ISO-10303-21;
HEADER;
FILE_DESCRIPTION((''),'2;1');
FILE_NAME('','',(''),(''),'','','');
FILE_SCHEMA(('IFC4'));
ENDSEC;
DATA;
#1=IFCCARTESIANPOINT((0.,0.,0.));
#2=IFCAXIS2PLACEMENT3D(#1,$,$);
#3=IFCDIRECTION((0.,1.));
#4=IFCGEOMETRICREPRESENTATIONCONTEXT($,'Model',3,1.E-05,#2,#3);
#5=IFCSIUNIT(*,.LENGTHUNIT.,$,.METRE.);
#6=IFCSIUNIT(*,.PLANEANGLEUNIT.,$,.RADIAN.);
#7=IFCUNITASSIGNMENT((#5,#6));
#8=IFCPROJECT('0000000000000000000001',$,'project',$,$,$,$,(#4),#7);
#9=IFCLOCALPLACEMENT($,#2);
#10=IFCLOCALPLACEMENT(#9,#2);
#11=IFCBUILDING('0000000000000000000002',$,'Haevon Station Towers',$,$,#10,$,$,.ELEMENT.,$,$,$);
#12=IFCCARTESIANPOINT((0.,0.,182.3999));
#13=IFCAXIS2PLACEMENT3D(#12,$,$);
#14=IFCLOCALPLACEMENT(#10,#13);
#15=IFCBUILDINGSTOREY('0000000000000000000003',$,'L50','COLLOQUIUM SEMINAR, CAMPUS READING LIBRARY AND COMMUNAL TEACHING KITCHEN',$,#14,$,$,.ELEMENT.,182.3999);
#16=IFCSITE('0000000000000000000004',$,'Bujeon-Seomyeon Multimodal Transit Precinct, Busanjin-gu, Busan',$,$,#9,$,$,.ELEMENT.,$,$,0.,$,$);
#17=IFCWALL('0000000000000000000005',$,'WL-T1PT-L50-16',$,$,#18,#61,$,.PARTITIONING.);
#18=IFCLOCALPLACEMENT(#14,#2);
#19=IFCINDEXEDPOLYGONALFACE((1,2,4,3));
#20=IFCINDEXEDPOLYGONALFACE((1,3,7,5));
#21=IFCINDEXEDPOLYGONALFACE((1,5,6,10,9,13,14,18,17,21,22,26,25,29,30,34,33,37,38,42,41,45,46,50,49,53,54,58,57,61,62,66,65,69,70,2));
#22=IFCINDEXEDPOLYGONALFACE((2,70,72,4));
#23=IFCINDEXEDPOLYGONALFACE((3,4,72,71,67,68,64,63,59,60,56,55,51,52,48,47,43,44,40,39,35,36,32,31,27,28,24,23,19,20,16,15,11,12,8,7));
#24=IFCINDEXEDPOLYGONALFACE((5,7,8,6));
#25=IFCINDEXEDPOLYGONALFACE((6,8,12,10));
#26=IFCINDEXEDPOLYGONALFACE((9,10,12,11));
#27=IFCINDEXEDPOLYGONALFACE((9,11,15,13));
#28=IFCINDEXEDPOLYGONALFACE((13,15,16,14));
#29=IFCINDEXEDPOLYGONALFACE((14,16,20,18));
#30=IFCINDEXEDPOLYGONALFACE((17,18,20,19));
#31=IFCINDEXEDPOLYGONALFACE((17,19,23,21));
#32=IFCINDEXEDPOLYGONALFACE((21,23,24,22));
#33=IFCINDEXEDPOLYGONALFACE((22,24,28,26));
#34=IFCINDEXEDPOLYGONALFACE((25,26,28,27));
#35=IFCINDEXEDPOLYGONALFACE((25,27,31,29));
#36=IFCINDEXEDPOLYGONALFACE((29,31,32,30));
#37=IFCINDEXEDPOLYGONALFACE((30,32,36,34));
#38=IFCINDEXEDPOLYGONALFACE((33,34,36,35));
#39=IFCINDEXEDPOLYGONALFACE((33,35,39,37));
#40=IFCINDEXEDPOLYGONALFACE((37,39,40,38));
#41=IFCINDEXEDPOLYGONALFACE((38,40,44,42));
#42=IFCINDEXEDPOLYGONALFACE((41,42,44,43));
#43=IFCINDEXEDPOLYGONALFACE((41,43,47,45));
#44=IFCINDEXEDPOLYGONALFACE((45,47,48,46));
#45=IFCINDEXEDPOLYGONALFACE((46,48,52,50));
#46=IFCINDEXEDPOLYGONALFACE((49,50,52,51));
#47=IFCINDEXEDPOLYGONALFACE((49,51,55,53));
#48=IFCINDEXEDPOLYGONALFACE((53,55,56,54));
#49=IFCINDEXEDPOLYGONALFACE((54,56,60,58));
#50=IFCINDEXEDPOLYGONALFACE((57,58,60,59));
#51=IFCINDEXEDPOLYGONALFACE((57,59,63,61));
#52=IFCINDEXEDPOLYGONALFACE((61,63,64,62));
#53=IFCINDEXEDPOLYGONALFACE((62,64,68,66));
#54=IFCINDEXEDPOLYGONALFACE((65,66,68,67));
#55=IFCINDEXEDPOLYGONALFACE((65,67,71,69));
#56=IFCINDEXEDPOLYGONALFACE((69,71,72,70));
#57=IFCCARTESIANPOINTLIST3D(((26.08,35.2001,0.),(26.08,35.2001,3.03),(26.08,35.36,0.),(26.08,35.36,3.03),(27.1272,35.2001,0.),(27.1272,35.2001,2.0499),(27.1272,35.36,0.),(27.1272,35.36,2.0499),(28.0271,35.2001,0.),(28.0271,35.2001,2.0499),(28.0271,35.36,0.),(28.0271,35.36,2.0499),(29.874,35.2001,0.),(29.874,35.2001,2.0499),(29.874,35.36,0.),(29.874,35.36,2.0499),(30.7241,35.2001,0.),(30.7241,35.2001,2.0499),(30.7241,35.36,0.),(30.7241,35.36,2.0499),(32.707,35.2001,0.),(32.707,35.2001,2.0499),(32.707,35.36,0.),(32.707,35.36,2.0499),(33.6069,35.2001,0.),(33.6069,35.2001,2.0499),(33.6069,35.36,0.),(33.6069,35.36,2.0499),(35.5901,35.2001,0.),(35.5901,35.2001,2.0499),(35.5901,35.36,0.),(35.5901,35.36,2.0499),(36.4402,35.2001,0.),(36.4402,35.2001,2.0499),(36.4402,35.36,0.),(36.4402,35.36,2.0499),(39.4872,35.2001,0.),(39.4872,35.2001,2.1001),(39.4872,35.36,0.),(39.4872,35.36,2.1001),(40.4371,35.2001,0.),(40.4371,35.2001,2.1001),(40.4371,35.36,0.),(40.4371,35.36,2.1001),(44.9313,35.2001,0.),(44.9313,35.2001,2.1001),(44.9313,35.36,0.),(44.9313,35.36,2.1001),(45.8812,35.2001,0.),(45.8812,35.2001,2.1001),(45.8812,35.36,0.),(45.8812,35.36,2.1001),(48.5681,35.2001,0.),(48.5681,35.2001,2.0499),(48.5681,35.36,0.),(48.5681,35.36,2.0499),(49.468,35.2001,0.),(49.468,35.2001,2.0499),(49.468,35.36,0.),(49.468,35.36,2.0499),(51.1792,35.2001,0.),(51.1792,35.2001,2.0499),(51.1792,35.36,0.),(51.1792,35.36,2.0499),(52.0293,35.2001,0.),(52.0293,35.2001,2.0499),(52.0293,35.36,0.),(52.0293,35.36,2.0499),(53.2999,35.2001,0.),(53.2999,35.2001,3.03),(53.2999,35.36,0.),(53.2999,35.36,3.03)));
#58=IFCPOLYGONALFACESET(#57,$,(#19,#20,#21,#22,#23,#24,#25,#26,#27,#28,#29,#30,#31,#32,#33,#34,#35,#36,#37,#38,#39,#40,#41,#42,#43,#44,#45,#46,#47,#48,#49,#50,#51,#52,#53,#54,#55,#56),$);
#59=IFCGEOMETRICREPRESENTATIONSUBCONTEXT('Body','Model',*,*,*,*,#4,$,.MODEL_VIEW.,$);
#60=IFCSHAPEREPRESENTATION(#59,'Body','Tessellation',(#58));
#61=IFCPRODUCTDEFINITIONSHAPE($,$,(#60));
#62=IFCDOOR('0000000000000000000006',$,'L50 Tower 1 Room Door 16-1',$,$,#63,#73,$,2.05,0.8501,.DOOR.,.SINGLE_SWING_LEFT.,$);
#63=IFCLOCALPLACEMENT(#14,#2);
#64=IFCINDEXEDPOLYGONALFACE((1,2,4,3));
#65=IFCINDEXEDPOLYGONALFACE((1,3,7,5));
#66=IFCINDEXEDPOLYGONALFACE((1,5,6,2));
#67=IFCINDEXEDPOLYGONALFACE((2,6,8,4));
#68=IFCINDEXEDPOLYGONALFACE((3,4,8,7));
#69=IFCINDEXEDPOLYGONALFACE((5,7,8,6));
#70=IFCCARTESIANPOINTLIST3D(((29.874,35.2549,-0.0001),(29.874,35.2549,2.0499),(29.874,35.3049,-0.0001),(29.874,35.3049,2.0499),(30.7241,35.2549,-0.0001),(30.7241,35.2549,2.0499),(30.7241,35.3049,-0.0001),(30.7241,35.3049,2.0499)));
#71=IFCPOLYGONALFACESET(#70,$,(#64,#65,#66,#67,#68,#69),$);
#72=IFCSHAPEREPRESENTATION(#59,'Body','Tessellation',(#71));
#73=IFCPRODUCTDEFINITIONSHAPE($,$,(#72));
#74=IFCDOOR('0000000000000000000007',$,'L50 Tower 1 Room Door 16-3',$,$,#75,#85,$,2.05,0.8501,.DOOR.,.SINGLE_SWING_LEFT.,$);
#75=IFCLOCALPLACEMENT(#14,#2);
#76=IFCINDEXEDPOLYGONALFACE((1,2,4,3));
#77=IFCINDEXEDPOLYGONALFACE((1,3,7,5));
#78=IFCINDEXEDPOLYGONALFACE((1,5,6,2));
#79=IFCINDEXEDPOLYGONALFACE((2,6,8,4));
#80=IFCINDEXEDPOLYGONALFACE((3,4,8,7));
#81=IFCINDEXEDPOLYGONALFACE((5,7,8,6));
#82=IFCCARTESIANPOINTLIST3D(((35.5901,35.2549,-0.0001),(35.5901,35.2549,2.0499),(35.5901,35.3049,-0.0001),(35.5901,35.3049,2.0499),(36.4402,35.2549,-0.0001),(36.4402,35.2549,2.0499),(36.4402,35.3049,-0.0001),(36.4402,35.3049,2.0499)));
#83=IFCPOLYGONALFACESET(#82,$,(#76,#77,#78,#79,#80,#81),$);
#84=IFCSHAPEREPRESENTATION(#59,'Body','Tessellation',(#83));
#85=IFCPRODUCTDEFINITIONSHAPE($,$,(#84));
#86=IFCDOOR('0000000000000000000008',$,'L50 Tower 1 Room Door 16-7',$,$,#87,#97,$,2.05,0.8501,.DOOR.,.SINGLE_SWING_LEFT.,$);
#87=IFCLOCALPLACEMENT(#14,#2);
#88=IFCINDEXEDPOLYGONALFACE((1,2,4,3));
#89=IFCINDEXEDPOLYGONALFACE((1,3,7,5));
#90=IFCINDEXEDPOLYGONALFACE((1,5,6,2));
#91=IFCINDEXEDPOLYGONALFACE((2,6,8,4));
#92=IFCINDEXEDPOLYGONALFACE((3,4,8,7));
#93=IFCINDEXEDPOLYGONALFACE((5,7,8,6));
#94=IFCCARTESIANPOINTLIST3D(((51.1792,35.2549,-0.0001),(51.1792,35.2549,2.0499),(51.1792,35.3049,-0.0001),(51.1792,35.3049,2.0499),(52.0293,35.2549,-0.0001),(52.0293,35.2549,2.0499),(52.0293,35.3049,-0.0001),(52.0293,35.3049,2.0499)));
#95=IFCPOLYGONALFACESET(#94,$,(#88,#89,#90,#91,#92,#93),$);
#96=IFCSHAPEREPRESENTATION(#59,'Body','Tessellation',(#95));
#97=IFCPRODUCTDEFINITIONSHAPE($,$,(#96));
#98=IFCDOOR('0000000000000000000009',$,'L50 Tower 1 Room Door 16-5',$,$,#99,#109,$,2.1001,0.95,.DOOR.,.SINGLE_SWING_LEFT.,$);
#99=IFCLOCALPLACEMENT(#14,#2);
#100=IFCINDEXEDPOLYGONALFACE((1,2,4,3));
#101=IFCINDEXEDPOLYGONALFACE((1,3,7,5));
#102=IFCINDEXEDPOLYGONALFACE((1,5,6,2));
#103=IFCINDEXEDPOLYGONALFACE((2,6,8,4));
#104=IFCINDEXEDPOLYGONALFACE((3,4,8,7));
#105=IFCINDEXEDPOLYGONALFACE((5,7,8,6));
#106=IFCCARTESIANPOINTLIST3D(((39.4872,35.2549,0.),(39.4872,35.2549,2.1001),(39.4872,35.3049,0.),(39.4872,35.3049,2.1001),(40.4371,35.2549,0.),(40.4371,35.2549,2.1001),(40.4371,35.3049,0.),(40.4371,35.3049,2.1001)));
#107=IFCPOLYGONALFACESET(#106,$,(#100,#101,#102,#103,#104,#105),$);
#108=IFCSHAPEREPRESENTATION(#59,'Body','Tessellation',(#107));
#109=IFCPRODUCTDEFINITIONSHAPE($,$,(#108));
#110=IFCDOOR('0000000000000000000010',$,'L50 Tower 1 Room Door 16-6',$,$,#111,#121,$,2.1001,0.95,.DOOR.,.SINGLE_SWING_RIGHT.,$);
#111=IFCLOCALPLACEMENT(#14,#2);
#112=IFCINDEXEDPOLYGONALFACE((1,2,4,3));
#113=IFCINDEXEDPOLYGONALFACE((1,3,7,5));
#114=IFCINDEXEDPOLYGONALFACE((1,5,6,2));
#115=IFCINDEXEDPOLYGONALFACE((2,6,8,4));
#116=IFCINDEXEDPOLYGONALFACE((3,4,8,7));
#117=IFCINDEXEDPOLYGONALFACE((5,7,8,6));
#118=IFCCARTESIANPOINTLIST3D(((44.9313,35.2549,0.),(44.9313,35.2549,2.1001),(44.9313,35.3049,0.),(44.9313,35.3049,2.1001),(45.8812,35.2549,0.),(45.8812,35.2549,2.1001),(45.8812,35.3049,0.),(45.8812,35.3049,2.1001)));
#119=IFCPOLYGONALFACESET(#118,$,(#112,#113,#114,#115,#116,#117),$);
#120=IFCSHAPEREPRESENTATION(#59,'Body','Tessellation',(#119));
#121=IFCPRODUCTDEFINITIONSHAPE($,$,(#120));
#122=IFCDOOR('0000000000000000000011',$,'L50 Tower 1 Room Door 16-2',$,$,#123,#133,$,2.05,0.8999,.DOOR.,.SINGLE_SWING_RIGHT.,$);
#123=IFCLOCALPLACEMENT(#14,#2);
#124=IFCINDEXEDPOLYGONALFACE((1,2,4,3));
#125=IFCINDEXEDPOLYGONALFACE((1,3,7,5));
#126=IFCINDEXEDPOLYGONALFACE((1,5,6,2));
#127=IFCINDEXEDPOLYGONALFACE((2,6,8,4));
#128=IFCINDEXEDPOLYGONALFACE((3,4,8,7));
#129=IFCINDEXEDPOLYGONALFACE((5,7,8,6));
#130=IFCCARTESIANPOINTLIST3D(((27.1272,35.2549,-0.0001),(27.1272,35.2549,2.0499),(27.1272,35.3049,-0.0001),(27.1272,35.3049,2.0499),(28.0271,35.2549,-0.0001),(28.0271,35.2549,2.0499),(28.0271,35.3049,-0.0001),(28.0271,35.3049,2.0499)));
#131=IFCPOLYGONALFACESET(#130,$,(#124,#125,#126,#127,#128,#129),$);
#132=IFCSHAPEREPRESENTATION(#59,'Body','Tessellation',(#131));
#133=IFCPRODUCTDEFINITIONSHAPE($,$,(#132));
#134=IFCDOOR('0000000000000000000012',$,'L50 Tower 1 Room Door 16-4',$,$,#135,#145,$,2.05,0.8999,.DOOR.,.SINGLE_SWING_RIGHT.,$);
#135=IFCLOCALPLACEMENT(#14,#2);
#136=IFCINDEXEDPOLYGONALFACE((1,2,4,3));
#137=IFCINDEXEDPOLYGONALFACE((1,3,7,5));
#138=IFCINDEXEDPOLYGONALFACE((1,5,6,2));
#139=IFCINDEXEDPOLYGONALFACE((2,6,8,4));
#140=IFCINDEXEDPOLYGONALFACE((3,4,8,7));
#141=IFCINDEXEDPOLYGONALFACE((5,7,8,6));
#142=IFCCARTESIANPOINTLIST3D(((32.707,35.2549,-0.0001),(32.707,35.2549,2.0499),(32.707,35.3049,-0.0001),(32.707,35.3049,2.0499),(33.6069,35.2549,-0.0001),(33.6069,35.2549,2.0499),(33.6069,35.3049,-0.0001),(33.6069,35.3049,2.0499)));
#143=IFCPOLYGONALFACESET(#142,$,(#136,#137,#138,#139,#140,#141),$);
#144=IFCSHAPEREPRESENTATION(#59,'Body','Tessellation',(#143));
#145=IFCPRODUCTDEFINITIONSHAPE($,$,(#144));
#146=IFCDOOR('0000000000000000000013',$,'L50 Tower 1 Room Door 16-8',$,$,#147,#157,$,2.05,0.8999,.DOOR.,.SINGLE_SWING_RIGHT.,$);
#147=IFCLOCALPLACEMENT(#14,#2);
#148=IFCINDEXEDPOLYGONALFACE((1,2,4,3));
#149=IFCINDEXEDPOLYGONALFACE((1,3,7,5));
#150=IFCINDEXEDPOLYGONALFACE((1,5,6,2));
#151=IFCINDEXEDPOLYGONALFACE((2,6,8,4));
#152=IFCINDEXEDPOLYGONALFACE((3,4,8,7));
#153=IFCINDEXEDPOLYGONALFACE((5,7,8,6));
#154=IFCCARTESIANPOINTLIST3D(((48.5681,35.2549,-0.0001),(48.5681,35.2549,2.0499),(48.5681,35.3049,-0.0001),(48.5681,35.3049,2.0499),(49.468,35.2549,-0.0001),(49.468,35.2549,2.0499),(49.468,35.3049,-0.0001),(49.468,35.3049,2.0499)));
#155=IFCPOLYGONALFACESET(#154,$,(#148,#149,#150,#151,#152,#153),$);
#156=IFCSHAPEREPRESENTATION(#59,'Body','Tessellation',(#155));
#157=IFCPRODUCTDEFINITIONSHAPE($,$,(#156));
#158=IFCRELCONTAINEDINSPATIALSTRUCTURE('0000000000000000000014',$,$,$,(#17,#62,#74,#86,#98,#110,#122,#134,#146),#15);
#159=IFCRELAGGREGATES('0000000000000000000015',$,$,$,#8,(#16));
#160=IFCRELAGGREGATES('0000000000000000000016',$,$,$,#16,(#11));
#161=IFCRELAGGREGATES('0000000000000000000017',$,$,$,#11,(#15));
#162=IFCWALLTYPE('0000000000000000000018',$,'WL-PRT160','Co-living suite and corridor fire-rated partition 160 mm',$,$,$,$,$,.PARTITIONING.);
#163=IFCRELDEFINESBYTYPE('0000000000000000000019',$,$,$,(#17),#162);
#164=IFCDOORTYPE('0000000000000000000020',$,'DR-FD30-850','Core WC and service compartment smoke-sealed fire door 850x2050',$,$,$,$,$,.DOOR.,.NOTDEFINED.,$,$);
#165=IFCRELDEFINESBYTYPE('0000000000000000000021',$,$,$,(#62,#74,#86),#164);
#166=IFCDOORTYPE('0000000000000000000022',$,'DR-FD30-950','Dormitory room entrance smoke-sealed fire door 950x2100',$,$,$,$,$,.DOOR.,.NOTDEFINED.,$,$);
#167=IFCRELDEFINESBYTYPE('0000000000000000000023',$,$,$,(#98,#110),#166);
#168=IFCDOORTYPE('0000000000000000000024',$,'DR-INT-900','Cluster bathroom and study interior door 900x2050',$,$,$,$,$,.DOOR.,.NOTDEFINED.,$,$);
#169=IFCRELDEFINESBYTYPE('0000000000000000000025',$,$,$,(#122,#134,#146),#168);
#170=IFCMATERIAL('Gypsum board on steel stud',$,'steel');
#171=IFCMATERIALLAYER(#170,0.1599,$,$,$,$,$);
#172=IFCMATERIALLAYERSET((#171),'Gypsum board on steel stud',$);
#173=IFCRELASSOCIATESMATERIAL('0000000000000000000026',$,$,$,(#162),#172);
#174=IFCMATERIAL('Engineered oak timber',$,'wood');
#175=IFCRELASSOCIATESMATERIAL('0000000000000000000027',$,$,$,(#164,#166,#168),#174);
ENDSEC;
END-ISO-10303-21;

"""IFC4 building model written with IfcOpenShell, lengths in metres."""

from ifc_helpers import new_model, si_unit, direction, frame, frame_2d, origin, place, context, subcontext, project, spatial, rectangle, extrude, material, layer, layer_set, type_object, element, fill, save


model = new_model("IFC4")

# Units and contexts
model_context = context("Model", 3, precision=1e-05, world=origin(), true_north=direction((0.0, 1.0)))
body_context = subcontext(model_context, "Body", "Model", "MODEL_VIEW")
ifc_project = project(units=[si_unit("LENGTHUNIT", "METRE"), si_unit("PLANEANGLEUNIT", "RADIAN")], contexts=[model_context])

# Site, building, storey
site_placement = place(None, origin())
site = spatial("IfcSite", under=ifc_project, at=site_placement, Name="Bujeon-Seomyeon Multimodal Transit Precinct, Busanjin-gu, Busan", CompositionType="ELEMENT", RefElevation=0.0)
building_placement = place(site_placement, origin())
building = spatial("IfcBuilding", under=site, at=building_placement, Name="Haevon Station Towers", CompositionType="ELEMENT")
storey_placement = place(building_placement, frame((0.0, 0.0, 182.3999)))
storey = spatial("IfcBuildingStorey", under=building, at=storey_placement, Name="L50", Description="COLLOQUIUM SEMINAR, CAMPUS READING LIBRARY AND COMMUNAL TEACHING KITCHEN", CompositionType="ELEMENT", Elevation=182.3999)

# Shared definitions
ifc_material_1 = material(Name="Gypsum board on steel stud", Category="steel")

# Wall, openings, doors
ifc_layer_1 = layer(ifc_material_1, 0.1599)
ifc_layer_set_1 = layer_set([ifc_layer_1], Name="Gypsum board on steel stud")
wall_type_1 = type_object("IfcWallType", Name="WL-PRT160", Description="Co-living suite and corridor fire-rated partition 160 mm", PredefinedType="PARTITIONING", material=ifc_layer_set_1)
wall_1_placement = place(storey_placement, frame((26.0801, 35.28, 0.0), z_axis=(0.0, 0.0, 1.0), x_axis=(1.0, 0.0, 0.0)))
wall_1 = element("IfcWall", 1, at=wall_1_placement, inside=storey, type_object=wall_type_1, Name="WL-T1PT-L50-16", PredefinedType="PARTITIONING", context=body_context, shape_type="SweptSolid", body=[
    extrude(rectangle(XDim=27.22, YDim=0.1599, at=frame_2d((13.6099, 0.0))), origin(), (0.0, 0.0, 1.0), 3.03),
])
opening_1_placement = place(wall_1_placement, frame((3.7939, 0.0, 0.0)))
opening_1 = element("IfcOpeningElement", 2, at=opening_1_placement, cuts=wall_1, PredefinedType="OPENING", context=body_context, shape_type="SweptSolid", body=[
    extrude(rectangle(XDim=0.8501, YDim=2.05, at=frame_2d((0.425, 1.0249))), frame((0.0, 0.0898, 0.0), z_axis=(0.0, -1.0, 0.0), x_axis=(1.0, 0.0, 0.0)), (0.0, 0.0, 1.0), 0.1799),
])
opening_2_placement = place(wall_1_placement, frame((1.0471, 0.0, 0.0)))
opening_2 = element("IfcOpeningElement", 3, at=opening_2_placement, cuts=wall_1, PredefinedType="OPENING", context=body_context, shape_type="SweptSolid", body=[
    extrude(rectangle(XDim=0.8999, YDim=2.05, at=frame_2d((0.45, 1.0249))), frame((0.0, 0.0898, 0.0), z_axis=(0.0, -1.0, 0.0), x_axis=(1.0, 0.0, 0.0)), (0.0, 0.0, 1.0), 0.1799),
])
opening_3_placement = place(wall_1_placement, frame((9.51, 0.0, 0.0)))
opening_3 = element("IfcOpeningElement", 4, at=opening_3_placement, cuts=wall_1, PredefinedType="OPENING", context=body_context, shape_type="SweptSolid", body=[
    extrude(rectangle(XDim=0.8501, YDim=2.05, at=frame_2d((0.425, 1.0249))), frame((0.0, 0.0898, 0.0), z_axis=(0.0, -1.0, 0.0), x_axis=(1.0, 0.0, 0.0)), (0.0, 0.0, 1.0), 0.1799),
])
opening_4_placement = place(wall_1_placement, frame((6.627, 0.0, 0.0)))
opening_4 = element("IfcOpeningElement", 5, at=opening_4_placement, cuts=wall_1, PredefinedType="OPENING", context=body_context, shape_type="SweptSolid", body=[
    extrude(rectangle(XDim=0.8999, YDim=2.05, at=frame_2d((0.45, 1.0249))), frame((0.0, 0.0898, 0.0), z_axis=(0.0, -1.0, 0.0), x_axis=(1.0, 0.0, 0.0)), (0.0, 0.0, 1.0), 0.1799),
])
opening_5_placement = place(wall_1_placement, frame((13.407, 0.0, 0.0)))
opening_5 = element("IfcOpeningElement", 6, at=opening_5_placement, cuts=wall_1, PredefinedType="OPENING", context=body_context, shape_type="SweptSolid", body=[
    extrude(rectangle(XDim=0.95, YDim=2.1001, at=frame_2d((0.4751, 1.05))), frame((0.0, 0.0898, 0.0), z_axis=(0.0, -1.0, 0.0), x_axis=(1.0, 0.0, 0.0)), (0.0, 0.0, 1.0), 0.1799),
])
opening_6_placement = place(wall_1_placement, frame((18.8511, 0.0, 0.0)))
opening_6 = element("IfcOpeningElement", 7, at=opening_6_placement, cuts=wall_1, PredefinedType="OPENING", context=body_context, shape_type="SweptSolid", body=[
    extrude(rectangle(XDim=0.95, YDim=2.1001, at=frame_2d((0.4751, 1.05))), frame((0.0, 0.0898, 0.0), z_axis=(0.0, -1.0, 0.0), x_axis=(1.0, 0.0, 0.0)), (0.0, 0.0, 1.0), 0.1799),
])
opening_7_placement = place(wall_1_placement, frame((25.0991, 0.0, 0.0)))
opening_7 = element("IfcOpeningElement", 8, at=opening_7_placement, cuts=wall_1, PredefinedType="OPENING", context=body_context, shape_type="SweptSolid", body=[
    extrude(rectangle(XDim=0.8501, YDim=2.05, at=frame_2d((0.425, 1.0249))), frame((0.0, 0.0898, 0.0), z_axis=(0.0, -1.0, 0.0), x_axis=(1.0, 0.0, 0.0)), (0.0, 0.0, 1.0), 0.1799),
])
opening_8_placement = place(wall_1_placement, frame((22.488, 0.0, 0.0)))
opening_8 = element("IfcOpeningElement", 9, at=opening_8_placement, cuts=wall_1, PredefinedType="OPENING", context=body_context, shape_type="SweptSolid", body=[
    extrude(rectangle(XDim=0.8999, YDim=2.05, at=frame_2d((0.45, 1.0249))), frame((0.0, 0.0898, 0.0), z_axis=(0.0, -1.0, 0.0), x_axis=(1.0, 0.0, 0.0)), (0.0, 0.0, 1.0), 0.1799),
])
ifc_material_2 = material(Name="Engineered oak timber", Category="wood")
door_type_1 = type_object("IfcDoorType", Name="DR-FD30-850", Description="Core WC and service compartment smoke-sealed fire door 850x2050", OperationType="NOTDEFINED", PredefinedType="DOOR", material=ifc_material_2)
door_1_placement = place(opening_1_placement, origin())
door_1 = element("IfcDoor", 10, at=door_1_placement, inside=storey, type_object=door_type_1, Name="L50 Tower 1 Room Door 16-1", OperationType="SINGLE_SWING_LEFT", OverallHeight=2.05, OverallWidth=0.8501, PredefinedType="DOOR", context=body_context, shape_type="SweptSolid", body=[
    extrude(rectangle(XDim=0.8501, YDim=2.05, at=frame_2d((0.425, 1.0249))), frame((0.0, 0.0249, 0.0), z_axis=(0.0, -1.0, 0.0), x_axis=(1.0, 0.0, 0.0)), (0.0, 0.0, 1.0), 0.05),
])
fill(opening_1, door_1)
door_2_placement = place(opening_3_placement, origin())
door_2 = element("IfcDoor", 11, at=door_2_placement, inside=storey, type_object=door_type_1, Name="L50 Tower 1 Room Door 16-3", OperationType="SINGLE_SWING_LEFT", OverallHeight=2.05, OverallWidth=0.8501, PredefinedType="DOOR", context=body_context, shape_type="SweptSolid", body=[
    extrude(rectangle(XDim=0.8501, YDim=2.05, at=frame_2d((0.425, 1.0249))), frame((0.0, 0.0249, 0.0), z_axis=(0.0, -1.0, 0.0), x_axis=(1.0, 0.0, 0.0)), (0.0, 0.0, 1.0), 0.05),
])
fill(opening_3, door_2)
door_3_placement = place(opening_7_placement, origin())
door_3 = element("IfcDoor", 12, at=door_3_placement, inside=storey, type_object=door_type_1, Name="L50 Tower 1 Room Door 16-7", OperationType="SINGLE_SWING_LEFT", OverallHeight=2.05, OverallWidth=0.8501, PredefinedType="DOOR", context=body_context, shape_type="SweptSolid", body=[
    extrude(rectangle(XDim=0.8501, YDim=2.05, at=frame_2d((0.425, 1.0249))), frame((0.0, 0.0249, 0.0), z_axis=(0.0, -1.0, 0.0), x_axis=(1.0, 0.0, 0.0)), (0.0, 0.0, 1.0), 0.05),
])
fill(opening_7, door_3)
door_type_2 = type_object("IfcDoorType", Name="DR-FD30-950", Description="Dormitory room entrance smoke-sealed fire door 950x2100", OperationType="NOTDEFINED", PredefinedType="DOOR", material=ifc_material_2)
door_4_placement = place(opening_5_placement, origin())
door_4 = element("IfcDoor", 13, at=door_4_placement, inside=storey, type_object=door_type_2, Name="L50 Tower 1 Room Door 16-5", OperationType="SINGLE_SWING_LEFT", OverallHeight=2.1001, OverallWidth=0.95, PredefinedType="DOOR", context=body_context, shape_type="SweptSolid", body=[
    extrude(rectangle(XDim=0.95, YDim=2.1001, at=frame_2d((0.4751, 1.05))), frame((0.0, 0.0249, 0.0), z_axis=(0.0, -1.0, 0.0), x_axis=(1.0, 0.0, 0.0)), (0.0, 0.0, 1.0), 0.05),
])
fill(opening_5, door_4)
door_5_placement = place(opening_6_placement, origin())
door_5 = element("IfcDoor", 14, at=door_5_placement, inside=storey, type_object=door_type_2, Name="L50 Tower 1 Room Door 16-6", OperationType="SINGLE_SWING_RIGHT", OverallHeight=2.1001, OverallWidth=0.95, PredefinedType="DOOR", context=body_context, shape_type="SweptSolid", body=[
    extrude(rectangle(XDim=0.95, YDim=2.1001, at=frame_2d((0.4751, 1.05))), frame((0.0, 0.0249, 0.0), z_axis=(0.0, -1.0, 0.0), x_axis=(1.0, 0.0, 0.0)), (0.0, 0.0, 1.0), 0.05),
])
fill(opening_6, door_5)
door_type_3 = type_object("IfcDoorType", Name="DR-INT-900", Description="Cluster bathroom and study interior door 900x2050", OperationType="NOTDEFINED", PredefinedType="DOOR", material=ifc_material_2)
door_6_placement = place(opening_2_placement, origin())
door_6 = element("IfcDoor", 15, at=door_6_placement, inside=storey, type_object=door_type_3, Name="L50 Tower 1 Room Door 16-2", OperationType="SINGLE_SWING_RIGHT", OverallHeight=2.05, OverallWidth=0.8999, PredefinedType="DOOR", context=body_context, shape_type="SweptSolid", body=[
    extrude(rectangle(XDim=0.8999, YDim=2.05, at=frame_2d((0.45, 1.0249))), frame((0.0, 0.0249, 0.0), z_axis=(0.0, -1.0, 0.0), x_axis=(1.0, 0.0, 0.0)), (0.0, 0.0, 1.0), 0.05),
])
fill(opening_2, door_6)
door_7_placement = place(opening_4_placement, origin())
door_7 = element("IfcDoor", 16, at=door_7_placement, inside=storey, type_object=door_type_3, Name="L50 Tower 1 Room Door 16-4", OperationType="SINGLE_SWING_RIGHT", OverallHeight=2.05, OverallWidth=0.8999, PredefinedType="DOOR", context=body_context, shape_type="SweptSolid", body=[
    extrude(rectangle(XDim=0.8999, YDim=2.05, at=frame_2d((0.45, 1.0249))), frame((0.0, 0.0249, 0.0), z_axis=(0.0, -1.0, 0.0), x_axis=(1.0, 0.0, 0.0)), (0.0, 0.0, 1.0), 0.05),
])
fill(opening_4, door_7)
door_8_placement = place(opening_8_placement, origin())
door_8 = element("IfcDoor", 17, at=door_8_placement, inside=storey, type_object=door_type_3, Name="L50 Tower 1 Room Door 16-8", OperationType="SINGLE_SWING_RIGHT", OverallHeight=2.05, OverallWidth=0.8999, PredefinedType="DOOR", context=body_context, shape_type="SweptSolid", body=[
    extrude(rectangle(XDim=0.8999, YDim=2.05, at=frame_2d((0.45, 1.0249))), frame((0.0, 0.0249, 0.0), z_axis=(0.0, -1.0, 0.0), x_axis=(1.0, 0.0, 0.0)), (0.0, 0.0, 1.0), 0.05),
])
fill(opening_8, door_8)

save(model, "model.ifc")
